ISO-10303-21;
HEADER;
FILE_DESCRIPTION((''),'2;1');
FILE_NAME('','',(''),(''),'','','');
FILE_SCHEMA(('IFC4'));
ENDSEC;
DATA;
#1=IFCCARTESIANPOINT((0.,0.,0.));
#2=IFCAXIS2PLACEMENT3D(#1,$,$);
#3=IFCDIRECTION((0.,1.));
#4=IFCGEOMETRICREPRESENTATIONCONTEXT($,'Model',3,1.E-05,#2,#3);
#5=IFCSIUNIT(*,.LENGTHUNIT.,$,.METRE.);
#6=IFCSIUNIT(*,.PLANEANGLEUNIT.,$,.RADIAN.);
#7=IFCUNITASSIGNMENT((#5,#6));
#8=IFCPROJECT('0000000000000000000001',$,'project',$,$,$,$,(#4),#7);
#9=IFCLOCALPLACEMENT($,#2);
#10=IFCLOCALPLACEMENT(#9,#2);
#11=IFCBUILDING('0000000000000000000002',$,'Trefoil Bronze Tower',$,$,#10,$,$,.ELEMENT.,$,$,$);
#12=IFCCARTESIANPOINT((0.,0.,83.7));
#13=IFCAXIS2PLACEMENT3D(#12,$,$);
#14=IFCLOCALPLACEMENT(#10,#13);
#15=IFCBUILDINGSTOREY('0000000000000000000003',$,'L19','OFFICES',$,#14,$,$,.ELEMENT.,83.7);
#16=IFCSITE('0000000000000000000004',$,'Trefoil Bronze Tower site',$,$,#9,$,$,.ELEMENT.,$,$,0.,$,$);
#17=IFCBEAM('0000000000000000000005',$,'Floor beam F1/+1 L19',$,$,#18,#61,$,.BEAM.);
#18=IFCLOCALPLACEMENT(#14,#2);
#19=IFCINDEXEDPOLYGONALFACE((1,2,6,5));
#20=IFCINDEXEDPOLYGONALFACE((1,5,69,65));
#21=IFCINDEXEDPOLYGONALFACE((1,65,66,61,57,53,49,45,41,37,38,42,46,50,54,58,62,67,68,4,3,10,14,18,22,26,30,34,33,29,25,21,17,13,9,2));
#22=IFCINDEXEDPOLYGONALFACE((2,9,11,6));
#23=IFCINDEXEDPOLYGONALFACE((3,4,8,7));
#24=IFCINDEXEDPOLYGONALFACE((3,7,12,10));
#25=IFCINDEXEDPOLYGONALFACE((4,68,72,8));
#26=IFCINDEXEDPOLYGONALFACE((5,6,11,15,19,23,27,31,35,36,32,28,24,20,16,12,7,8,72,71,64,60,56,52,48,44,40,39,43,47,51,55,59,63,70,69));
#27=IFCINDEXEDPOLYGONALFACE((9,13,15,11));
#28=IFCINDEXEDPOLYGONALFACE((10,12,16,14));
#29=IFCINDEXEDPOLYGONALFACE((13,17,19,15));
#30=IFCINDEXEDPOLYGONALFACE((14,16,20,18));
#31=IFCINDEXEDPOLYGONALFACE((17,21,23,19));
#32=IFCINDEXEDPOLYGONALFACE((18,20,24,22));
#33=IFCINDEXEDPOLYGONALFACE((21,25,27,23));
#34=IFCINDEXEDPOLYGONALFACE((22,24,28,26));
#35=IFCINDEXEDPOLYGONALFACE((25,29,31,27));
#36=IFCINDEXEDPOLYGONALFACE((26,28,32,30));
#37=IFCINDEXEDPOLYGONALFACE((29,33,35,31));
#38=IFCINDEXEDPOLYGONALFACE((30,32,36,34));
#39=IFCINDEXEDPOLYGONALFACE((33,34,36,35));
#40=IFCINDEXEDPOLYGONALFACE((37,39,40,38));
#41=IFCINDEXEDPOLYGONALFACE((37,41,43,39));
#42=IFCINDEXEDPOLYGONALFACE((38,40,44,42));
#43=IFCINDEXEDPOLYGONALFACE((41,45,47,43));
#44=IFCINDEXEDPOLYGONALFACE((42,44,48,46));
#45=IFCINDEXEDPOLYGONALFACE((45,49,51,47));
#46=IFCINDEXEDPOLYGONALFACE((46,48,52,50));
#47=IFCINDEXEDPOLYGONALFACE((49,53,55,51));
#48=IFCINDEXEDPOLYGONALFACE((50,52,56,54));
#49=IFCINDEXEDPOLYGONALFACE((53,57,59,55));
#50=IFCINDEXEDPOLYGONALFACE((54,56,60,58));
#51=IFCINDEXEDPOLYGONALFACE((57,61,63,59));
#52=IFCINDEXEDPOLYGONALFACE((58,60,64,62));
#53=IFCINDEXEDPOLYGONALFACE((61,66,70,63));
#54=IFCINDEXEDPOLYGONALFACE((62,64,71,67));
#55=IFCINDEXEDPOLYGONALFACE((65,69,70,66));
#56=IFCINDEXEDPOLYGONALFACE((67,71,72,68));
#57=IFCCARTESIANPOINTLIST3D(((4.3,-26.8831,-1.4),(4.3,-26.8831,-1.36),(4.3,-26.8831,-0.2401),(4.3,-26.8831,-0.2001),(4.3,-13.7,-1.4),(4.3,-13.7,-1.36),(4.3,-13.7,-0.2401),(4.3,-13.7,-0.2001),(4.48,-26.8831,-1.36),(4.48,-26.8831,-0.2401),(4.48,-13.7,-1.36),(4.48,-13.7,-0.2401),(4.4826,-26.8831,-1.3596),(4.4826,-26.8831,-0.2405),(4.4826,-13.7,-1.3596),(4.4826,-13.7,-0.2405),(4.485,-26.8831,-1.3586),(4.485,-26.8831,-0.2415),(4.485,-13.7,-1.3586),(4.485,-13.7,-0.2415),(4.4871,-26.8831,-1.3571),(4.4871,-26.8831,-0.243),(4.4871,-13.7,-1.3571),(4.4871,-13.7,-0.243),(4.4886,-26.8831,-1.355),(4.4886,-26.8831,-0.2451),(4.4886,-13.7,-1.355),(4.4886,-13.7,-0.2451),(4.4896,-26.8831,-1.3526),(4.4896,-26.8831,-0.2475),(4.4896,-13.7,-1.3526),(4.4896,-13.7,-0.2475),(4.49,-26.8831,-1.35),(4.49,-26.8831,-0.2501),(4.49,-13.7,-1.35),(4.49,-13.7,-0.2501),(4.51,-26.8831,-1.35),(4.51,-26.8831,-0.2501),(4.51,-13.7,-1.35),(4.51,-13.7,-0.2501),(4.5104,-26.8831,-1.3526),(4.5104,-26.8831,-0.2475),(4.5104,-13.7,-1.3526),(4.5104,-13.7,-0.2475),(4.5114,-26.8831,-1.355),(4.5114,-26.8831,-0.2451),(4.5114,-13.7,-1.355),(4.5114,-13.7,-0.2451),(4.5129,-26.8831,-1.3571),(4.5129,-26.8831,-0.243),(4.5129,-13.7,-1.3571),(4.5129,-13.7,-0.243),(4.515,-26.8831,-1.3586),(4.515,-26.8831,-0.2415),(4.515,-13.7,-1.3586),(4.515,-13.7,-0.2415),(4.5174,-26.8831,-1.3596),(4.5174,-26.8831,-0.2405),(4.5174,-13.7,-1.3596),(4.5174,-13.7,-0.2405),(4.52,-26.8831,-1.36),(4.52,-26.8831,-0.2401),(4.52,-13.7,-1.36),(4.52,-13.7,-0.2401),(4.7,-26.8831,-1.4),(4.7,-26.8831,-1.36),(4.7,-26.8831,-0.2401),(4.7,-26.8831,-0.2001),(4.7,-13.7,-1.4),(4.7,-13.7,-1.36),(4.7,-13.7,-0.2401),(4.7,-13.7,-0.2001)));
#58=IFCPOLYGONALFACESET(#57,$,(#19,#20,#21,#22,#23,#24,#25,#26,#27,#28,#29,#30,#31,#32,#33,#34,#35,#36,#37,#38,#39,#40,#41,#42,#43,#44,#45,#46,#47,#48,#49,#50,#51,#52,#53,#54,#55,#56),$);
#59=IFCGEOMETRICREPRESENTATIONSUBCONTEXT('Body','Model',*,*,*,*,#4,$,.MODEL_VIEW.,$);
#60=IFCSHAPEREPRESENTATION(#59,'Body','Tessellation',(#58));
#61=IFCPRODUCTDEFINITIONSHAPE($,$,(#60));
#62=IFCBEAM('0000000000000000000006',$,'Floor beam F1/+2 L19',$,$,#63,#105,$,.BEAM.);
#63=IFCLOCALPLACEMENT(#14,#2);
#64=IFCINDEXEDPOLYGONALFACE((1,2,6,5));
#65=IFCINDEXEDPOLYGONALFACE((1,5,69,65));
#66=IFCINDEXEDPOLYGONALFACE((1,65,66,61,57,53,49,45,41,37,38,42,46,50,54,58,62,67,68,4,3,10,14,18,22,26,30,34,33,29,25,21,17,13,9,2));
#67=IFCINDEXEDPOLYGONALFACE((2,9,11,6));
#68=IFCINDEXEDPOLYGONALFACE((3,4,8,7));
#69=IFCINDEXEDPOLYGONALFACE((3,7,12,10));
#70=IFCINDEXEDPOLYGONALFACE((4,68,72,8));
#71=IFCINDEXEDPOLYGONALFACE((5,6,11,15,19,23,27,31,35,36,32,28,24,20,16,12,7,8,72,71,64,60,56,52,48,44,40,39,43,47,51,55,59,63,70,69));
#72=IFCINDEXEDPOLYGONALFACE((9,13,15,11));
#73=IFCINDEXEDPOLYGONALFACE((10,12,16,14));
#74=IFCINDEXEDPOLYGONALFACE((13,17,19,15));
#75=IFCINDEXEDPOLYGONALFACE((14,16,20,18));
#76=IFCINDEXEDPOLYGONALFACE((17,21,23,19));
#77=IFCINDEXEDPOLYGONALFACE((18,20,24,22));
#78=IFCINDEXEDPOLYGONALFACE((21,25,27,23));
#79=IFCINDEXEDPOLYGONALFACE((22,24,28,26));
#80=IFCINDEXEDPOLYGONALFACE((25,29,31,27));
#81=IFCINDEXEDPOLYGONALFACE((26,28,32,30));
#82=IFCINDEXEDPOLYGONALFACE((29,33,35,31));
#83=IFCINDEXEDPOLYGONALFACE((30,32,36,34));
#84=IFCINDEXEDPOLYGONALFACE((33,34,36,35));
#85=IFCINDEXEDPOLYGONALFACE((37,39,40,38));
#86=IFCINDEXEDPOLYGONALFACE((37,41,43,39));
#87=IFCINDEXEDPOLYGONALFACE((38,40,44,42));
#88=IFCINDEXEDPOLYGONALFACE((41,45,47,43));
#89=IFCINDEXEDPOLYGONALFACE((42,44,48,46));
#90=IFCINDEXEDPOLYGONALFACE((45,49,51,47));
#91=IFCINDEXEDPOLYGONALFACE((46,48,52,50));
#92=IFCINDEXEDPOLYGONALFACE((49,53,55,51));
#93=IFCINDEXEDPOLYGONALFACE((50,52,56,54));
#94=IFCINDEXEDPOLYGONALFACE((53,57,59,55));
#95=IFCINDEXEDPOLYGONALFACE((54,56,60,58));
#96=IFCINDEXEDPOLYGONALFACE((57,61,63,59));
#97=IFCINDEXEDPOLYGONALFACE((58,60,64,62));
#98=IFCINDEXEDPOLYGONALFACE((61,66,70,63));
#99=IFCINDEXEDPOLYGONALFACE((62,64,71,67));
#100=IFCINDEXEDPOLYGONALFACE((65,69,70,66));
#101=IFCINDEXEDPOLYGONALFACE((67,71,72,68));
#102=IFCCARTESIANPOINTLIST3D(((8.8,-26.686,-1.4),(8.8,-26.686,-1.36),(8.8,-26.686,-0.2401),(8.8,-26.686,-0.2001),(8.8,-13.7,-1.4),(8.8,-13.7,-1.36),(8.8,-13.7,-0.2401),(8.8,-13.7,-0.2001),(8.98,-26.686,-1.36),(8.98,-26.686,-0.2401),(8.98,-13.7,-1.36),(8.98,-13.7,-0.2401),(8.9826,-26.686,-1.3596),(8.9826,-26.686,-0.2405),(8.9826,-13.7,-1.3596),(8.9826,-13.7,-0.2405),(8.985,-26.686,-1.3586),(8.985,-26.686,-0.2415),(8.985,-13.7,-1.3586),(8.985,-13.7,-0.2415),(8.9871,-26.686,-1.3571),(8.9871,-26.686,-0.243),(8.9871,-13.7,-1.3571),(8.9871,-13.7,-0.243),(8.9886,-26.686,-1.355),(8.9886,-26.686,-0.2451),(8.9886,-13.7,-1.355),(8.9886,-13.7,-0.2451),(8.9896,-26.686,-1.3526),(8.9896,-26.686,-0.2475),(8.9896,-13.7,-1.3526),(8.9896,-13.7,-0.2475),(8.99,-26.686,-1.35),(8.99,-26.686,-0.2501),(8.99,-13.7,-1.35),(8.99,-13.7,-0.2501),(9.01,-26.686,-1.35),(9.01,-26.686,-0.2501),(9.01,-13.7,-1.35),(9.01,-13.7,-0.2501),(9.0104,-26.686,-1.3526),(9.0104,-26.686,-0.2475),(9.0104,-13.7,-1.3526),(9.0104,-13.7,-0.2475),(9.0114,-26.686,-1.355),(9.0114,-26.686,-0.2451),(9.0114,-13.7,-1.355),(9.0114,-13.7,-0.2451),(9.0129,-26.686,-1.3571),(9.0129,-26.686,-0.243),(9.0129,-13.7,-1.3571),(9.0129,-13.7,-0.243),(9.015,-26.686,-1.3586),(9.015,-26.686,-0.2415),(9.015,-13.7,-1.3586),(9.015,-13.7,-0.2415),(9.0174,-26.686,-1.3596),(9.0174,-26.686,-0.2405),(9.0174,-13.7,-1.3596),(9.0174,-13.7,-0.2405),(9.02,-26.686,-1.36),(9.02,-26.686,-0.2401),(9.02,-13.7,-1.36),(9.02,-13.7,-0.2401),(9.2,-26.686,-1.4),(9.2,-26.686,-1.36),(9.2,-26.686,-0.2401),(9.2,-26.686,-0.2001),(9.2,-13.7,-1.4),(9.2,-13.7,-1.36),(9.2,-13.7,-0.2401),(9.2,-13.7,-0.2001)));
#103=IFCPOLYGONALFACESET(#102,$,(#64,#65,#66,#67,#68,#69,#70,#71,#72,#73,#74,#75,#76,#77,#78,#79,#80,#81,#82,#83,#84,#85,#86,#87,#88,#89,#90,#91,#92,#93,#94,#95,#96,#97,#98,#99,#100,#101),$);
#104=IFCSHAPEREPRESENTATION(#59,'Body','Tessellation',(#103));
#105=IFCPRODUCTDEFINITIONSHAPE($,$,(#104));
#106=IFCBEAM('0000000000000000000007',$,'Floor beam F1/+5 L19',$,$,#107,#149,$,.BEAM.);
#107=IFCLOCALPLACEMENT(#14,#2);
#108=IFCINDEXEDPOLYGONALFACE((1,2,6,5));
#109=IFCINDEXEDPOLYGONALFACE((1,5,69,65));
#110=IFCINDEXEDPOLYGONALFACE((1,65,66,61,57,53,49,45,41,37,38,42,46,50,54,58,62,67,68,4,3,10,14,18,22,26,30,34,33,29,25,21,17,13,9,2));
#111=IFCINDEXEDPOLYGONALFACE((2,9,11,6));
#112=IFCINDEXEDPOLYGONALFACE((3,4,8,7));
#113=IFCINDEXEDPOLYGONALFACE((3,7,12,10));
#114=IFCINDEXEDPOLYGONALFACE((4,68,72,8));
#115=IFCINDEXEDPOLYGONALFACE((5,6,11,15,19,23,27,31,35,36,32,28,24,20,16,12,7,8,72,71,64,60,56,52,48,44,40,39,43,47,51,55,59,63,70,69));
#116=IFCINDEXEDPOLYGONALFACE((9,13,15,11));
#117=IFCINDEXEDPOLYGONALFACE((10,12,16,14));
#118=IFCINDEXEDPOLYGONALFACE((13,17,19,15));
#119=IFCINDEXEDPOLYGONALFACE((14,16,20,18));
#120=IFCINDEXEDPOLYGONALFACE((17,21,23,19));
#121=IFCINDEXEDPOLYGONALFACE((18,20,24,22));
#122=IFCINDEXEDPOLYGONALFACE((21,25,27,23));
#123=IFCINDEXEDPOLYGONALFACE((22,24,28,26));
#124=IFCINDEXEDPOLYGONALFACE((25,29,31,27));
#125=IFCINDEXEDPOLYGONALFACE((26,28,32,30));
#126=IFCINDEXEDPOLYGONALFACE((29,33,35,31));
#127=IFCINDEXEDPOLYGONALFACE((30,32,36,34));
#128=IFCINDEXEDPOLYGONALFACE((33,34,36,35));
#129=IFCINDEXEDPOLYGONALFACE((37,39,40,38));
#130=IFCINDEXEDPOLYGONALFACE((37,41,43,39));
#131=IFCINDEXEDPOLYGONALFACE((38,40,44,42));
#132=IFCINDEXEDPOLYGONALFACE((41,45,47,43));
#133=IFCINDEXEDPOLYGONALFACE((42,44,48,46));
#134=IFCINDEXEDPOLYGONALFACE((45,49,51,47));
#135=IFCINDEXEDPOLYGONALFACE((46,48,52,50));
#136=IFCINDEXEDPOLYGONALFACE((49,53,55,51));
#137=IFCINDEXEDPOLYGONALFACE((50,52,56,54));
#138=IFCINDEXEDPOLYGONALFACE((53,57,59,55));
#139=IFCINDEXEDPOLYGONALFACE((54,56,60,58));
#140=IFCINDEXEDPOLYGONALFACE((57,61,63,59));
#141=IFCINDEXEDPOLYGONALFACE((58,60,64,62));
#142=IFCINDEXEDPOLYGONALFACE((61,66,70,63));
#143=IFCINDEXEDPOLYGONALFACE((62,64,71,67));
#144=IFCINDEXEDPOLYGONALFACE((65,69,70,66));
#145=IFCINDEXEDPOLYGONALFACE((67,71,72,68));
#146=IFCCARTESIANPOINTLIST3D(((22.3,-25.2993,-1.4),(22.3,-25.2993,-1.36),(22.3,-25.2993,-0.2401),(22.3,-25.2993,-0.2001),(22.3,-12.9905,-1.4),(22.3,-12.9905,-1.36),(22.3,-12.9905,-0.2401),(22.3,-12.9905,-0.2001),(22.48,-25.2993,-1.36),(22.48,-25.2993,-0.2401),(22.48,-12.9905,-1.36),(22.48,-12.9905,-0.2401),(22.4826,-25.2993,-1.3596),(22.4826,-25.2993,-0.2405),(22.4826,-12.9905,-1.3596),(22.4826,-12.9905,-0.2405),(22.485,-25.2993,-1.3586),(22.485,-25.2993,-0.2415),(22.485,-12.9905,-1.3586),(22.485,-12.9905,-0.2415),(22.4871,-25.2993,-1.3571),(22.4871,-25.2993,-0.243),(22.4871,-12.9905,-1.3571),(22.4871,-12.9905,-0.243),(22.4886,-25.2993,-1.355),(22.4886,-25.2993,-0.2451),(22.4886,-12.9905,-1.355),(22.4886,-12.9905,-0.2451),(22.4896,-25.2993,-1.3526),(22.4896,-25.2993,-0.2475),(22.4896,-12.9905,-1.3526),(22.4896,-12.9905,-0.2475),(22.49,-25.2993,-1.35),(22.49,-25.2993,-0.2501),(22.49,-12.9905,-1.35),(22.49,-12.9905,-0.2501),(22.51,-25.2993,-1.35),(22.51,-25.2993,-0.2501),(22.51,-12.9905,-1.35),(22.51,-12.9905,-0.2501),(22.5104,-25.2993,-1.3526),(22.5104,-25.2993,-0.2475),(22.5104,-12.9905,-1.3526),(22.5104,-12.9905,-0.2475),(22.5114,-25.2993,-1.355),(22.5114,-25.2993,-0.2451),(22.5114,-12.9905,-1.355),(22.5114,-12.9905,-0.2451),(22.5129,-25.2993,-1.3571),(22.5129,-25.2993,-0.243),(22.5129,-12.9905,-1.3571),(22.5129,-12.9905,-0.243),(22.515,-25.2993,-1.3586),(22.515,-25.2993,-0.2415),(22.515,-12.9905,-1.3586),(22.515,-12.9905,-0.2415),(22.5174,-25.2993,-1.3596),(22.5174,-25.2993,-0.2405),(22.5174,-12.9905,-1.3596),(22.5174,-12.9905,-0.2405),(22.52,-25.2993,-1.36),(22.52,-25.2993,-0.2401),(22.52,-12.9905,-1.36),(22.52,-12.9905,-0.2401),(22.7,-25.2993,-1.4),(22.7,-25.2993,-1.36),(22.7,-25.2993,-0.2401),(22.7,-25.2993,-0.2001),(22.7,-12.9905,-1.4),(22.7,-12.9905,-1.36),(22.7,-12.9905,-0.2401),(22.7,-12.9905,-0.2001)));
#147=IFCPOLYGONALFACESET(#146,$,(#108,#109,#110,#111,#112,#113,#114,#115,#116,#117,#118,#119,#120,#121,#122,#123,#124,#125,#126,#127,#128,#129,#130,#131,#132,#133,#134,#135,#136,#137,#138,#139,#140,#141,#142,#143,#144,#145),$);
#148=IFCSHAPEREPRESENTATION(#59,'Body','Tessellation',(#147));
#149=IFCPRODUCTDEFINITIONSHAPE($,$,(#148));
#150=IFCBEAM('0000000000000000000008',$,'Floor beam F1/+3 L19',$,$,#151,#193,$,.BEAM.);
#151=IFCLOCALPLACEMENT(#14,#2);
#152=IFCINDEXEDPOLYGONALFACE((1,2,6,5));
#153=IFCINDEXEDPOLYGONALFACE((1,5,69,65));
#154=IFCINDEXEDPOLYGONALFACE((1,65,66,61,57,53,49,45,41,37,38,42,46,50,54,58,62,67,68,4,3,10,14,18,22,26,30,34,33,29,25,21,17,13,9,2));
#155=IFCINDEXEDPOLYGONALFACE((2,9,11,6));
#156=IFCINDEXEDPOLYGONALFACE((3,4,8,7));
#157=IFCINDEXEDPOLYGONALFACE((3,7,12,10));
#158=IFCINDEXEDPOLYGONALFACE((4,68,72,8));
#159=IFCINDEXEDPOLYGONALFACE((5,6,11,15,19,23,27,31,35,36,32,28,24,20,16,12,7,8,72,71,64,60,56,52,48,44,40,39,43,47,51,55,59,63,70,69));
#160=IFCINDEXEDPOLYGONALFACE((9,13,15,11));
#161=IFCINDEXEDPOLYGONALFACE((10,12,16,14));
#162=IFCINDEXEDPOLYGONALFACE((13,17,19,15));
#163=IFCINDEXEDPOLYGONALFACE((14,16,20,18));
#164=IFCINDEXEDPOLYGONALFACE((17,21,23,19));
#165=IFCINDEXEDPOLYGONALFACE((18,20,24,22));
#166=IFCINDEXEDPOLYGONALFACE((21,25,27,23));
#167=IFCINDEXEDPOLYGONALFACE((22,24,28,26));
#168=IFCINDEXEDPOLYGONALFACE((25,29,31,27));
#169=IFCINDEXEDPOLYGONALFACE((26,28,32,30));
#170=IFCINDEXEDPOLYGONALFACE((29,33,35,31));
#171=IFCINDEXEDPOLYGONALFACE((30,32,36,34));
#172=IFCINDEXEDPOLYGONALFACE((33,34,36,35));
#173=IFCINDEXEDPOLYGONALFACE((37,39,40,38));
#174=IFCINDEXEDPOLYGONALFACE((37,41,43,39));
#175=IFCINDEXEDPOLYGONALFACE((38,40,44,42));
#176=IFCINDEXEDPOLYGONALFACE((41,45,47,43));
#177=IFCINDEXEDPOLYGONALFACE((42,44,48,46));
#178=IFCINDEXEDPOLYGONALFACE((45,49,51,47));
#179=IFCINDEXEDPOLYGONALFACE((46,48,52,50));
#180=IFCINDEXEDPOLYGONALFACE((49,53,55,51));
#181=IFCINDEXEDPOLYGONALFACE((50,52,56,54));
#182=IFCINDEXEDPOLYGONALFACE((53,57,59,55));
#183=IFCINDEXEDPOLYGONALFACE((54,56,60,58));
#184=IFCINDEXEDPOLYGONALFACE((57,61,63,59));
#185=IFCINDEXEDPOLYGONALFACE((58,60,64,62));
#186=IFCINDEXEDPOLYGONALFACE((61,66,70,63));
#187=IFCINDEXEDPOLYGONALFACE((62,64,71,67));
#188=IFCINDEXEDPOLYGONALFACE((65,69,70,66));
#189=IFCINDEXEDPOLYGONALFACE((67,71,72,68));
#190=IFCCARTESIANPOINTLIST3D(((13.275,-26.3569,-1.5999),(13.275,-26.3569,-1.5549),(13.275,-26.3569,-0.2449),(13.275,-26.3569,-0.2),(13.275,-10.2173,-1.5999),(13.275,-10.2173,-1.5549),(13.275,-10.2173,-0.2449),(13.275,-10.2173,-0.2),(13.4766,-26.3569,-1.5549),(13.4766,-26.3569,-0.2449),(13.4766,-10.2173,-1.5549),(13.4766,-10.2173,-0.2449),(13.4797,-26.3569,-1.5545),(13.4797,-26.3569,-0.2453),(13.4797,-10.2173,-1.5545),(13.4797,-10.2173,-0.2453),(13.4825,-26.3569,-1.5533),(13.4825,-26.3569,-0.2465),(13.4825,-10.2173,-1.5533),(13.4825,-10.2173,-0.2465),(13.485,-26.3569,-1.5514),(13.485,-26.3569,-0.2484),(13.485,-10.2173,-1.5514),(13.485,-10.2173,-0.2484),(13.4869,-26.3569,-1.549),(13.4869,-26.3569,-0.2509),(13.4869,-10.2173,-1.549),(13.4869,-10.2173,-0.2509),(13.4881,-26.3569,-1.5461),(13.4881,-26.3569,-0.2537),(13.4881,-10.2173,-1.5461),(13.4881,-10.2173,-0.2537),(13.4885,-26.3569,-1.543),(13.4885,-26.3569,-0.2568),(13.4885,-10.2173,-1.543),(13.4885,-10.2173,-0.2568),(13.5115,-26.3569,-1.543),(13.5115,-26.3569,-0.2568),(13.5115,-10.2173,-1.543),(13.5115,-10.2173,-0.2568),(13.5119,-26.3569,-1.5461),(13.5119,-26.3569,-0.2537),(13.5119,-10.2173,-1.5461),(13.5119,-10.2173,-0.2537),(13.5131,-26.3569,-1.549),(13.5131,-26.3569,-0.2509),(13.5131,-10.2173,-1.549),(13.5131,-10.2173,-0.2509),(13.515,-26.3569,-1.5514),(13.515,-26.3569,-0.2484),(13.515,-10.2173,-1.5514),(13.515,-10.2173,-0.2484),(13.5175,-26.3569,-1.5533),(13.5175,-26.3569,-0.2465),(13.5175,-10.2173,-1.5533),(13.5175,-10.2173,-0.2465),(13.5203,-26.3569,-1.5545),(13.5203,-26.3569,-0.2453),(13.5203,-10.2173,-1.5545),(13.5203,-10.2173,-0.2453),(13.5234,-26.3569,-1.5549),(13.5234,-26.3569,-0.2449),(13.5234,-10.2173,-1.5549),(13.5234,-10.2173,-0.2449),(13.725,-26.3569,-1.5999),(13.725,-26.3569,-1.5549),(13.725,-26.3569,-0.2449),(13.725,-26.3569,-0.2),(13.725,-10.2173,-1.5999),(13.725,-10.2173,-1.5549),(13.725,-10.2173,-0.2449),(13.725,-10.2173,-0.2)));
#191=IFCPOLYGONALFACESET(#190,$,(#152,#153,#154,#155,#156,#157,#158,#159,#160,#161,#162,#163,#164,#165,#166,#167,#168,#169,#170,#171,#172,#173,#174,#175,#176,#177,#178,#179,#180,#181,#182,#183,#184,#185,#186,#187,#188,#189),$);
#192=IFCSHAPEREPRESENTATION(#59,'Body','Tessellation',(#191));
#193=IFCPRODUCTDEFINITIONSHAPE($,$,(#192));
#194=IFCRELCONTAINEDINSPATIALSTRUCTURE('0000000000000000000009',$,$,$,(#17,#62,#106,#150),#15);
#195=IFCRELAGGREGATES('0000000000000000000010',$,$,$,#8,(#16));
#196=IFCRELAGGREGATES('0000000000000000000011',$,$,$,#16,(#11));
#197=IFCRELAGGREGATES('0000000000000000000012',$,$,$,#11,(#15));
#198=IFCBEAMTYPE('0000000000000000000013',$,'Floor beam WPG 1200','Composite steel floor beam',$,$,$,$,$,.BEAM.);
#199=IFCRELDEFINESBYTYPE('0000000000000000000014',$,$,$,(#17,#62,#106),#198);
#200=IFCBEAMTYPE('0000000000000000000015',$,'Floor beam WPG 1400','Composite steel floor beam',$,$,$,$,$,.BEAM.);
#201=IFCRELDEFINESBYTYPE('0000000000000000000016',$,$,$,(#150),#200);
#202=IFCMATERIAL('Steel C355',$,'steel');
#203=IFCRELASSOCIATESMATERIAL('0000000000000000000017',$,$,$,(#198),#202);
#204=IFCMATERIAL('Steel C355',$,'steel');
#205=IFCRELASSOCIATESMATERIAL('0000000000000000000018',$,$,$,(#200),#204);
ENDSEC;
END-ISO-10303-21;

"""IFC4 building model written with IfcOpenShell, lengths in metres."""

from ifc_helpers import new_model, si_unit, direction, frame, origin, origin_2d, place, context, subcontext, project, spatial, i_section, extrude, material, material_profile, profile_set, type_object, element, save


model = new_model("IFC4")

# Units and contexts
model_context = context("Model", 3, precision=1e-05, world=origin(), true_north=direction((0.0, 1.0)))
body_context = subcontext(model_context, "Body", "Model", "MODEL_VIEW")
ifc_project = project(units=[si_unit("LENGTHUNIT", "METRE"), si_unit("PLANEANGLEUNIT", "RADIAN")], contexts=[model_context])

# Site, building, storey
site_placement = place(None, origin())
site = spatial("IfcSite", under=ifc_project, at=site_placement, Name="Trefoil Bronze Tower site", CompositionType="ELEMENT", RefElevation=0.0)
building_placement = place(site_placement, origin())
building = spatial("IfcBuilding", under=site, at=building_placement, Name="Trefoil Bronze Tower", CompositionType="ELEMENT")
storey_placement = place(building_placement, frame((0.0, 0.0, 83.7)))
storey = spatial("IfcBuildingStorey", under=building, at=storey_placement, Name="L19", Description="OFFICES", CompositionType="ELEMENT", Elevation=83.7)

# Beams
ifc_material_1 = material(Name="Steel C355", Category="steel")
ifc_material_profile_1 = material_profile(ifc_material_1, i_section(OverallWidth=0.3999, OverallDepth=1.2, WebThickness=0.02, FlangeThickness=0.04, FilletRadius=0.01, at=origin_2d()), Name="WPG 1200")
ifc_profile_set_1 = profile_set([ifc_material_profile_1], Name="Steel C355")
beam_type_1 = type_object("IfcBeamType", Name="Floor beam WPG 1200", Description="Composite steel floor beam", PredefinedType="BEAM", material=ifc_profile_set_1)
beam_1_placement = place(storey_placement, frame((4.5, -26.8831, -0.8), z_axis=(0.0, 1.0, 0.0), x_axis=(-1.0, 0.0, 0.0)))
element("IfcBeam", 1, at=beam_1_placement, inside=storey, type_object=beam_type_1, Name="Floor beam F1/+1 L19", PredefinedType="BEAM", context=body_context, shape_type="SweptSolid", body=[
    extrude(i_section(OverallWidth=0.3999, OverallDepth=1.2, WebThickness=0.02, FlangeThickness=0.04, FilletRadius=0.01, at=origin_2d()), origin(), (0.0, 0.0, 1.0), 13.1831),
])
beam_2_placement = place(storey_placement, frame((9.0, -26.686, -0.8), z_axis=(0.0, 1.0, 0.0), x_axis=(-1.0, 0.0, 0.0)))
element("IfcBeam", 2, at=beam_2_placement, inside=storey, type_object=beam_type_1, Name="Floor beam F1/+2 L19", PredefinedType="BEAM", context=body_context, shape_type="SweptSolid", body=[
    extrude(i_section(OverallWidth=0.3999, OverallDepth=1.2, WebThickness=0.02, FlangeThickness=0.04, FilletRadius=0.01, at=origin_2d()), origin(), (0.0, 0.0, 1.0), 12.9861),
])
beam_3_placement = place(storey_placement, frame((22.5, -25.2993, -0.8), z_axis=(0.0, 1.0, 0.0), x_axis=(-1.0, 0.0, 0.0)))
element("IfcBeam", 3, at=beam_3_placement, inside=storey, type_object=beam_type_1, Name="Floor beam F1/+5 L19", PredefinedType="BEAM", context=body_context, shape_type="SweptSolid", body=[
    extrude(i_section(OverallWidth=0.3999, OverallDepth=1.2, WebThickness=0.02, FlangeThickness=0.04, FilletRadius=0.01, at=origin_2d()), origin(), (0.0, 0.0, 1.0), 12.3088),
])
ifc_material_2 = material(Name="Steel C355", Category="steel")
ifc_material_profile_2 = material_profile(ifc_material_2, i_section(OverallWidth=0.45, OverallDepth=1.3999, WebThickness=0.0229, FlangeThickness=0.0449, FilletRadius=0.012, at=origin_2d()), Name="WPG 1400")
ifc_profile_set_2 = profile_set([ifc_material_profile_2], Name="Steel C355")
beam_type_2 = type_object("IfcBeamType", Name="Floor beam WPG 1400", Description="Composite steel floor beam", PredefinedType="BEAM", material=ifc_profile_set_2)
beam_4_placement = place(storey_placement, frame((13.5, -26.3569, -0.8999), z_axis=(0.0, 1.0, 0.0), x_axis=(-1.0, 0.0, 0.0)))
element("IfcBeam", 4, at=beam_4_placement, inside=storey, type_object=beam_type_2, Name="Floor beam F1/+3 L19", PredefinedType="BEAM", context=body_context, shape_type="SweptSolid", body=[
    extrude(i_section(OverallWidth=0.45, OverallDepth=1.3999, WebThickness=0.0229, FlangeThickness=0.0449, FilletRadius=0.012, at=origin_2d()), origin(), (0.0, 0.0, 1.0), 16.1396),
])

save(model, "model.ifc")
